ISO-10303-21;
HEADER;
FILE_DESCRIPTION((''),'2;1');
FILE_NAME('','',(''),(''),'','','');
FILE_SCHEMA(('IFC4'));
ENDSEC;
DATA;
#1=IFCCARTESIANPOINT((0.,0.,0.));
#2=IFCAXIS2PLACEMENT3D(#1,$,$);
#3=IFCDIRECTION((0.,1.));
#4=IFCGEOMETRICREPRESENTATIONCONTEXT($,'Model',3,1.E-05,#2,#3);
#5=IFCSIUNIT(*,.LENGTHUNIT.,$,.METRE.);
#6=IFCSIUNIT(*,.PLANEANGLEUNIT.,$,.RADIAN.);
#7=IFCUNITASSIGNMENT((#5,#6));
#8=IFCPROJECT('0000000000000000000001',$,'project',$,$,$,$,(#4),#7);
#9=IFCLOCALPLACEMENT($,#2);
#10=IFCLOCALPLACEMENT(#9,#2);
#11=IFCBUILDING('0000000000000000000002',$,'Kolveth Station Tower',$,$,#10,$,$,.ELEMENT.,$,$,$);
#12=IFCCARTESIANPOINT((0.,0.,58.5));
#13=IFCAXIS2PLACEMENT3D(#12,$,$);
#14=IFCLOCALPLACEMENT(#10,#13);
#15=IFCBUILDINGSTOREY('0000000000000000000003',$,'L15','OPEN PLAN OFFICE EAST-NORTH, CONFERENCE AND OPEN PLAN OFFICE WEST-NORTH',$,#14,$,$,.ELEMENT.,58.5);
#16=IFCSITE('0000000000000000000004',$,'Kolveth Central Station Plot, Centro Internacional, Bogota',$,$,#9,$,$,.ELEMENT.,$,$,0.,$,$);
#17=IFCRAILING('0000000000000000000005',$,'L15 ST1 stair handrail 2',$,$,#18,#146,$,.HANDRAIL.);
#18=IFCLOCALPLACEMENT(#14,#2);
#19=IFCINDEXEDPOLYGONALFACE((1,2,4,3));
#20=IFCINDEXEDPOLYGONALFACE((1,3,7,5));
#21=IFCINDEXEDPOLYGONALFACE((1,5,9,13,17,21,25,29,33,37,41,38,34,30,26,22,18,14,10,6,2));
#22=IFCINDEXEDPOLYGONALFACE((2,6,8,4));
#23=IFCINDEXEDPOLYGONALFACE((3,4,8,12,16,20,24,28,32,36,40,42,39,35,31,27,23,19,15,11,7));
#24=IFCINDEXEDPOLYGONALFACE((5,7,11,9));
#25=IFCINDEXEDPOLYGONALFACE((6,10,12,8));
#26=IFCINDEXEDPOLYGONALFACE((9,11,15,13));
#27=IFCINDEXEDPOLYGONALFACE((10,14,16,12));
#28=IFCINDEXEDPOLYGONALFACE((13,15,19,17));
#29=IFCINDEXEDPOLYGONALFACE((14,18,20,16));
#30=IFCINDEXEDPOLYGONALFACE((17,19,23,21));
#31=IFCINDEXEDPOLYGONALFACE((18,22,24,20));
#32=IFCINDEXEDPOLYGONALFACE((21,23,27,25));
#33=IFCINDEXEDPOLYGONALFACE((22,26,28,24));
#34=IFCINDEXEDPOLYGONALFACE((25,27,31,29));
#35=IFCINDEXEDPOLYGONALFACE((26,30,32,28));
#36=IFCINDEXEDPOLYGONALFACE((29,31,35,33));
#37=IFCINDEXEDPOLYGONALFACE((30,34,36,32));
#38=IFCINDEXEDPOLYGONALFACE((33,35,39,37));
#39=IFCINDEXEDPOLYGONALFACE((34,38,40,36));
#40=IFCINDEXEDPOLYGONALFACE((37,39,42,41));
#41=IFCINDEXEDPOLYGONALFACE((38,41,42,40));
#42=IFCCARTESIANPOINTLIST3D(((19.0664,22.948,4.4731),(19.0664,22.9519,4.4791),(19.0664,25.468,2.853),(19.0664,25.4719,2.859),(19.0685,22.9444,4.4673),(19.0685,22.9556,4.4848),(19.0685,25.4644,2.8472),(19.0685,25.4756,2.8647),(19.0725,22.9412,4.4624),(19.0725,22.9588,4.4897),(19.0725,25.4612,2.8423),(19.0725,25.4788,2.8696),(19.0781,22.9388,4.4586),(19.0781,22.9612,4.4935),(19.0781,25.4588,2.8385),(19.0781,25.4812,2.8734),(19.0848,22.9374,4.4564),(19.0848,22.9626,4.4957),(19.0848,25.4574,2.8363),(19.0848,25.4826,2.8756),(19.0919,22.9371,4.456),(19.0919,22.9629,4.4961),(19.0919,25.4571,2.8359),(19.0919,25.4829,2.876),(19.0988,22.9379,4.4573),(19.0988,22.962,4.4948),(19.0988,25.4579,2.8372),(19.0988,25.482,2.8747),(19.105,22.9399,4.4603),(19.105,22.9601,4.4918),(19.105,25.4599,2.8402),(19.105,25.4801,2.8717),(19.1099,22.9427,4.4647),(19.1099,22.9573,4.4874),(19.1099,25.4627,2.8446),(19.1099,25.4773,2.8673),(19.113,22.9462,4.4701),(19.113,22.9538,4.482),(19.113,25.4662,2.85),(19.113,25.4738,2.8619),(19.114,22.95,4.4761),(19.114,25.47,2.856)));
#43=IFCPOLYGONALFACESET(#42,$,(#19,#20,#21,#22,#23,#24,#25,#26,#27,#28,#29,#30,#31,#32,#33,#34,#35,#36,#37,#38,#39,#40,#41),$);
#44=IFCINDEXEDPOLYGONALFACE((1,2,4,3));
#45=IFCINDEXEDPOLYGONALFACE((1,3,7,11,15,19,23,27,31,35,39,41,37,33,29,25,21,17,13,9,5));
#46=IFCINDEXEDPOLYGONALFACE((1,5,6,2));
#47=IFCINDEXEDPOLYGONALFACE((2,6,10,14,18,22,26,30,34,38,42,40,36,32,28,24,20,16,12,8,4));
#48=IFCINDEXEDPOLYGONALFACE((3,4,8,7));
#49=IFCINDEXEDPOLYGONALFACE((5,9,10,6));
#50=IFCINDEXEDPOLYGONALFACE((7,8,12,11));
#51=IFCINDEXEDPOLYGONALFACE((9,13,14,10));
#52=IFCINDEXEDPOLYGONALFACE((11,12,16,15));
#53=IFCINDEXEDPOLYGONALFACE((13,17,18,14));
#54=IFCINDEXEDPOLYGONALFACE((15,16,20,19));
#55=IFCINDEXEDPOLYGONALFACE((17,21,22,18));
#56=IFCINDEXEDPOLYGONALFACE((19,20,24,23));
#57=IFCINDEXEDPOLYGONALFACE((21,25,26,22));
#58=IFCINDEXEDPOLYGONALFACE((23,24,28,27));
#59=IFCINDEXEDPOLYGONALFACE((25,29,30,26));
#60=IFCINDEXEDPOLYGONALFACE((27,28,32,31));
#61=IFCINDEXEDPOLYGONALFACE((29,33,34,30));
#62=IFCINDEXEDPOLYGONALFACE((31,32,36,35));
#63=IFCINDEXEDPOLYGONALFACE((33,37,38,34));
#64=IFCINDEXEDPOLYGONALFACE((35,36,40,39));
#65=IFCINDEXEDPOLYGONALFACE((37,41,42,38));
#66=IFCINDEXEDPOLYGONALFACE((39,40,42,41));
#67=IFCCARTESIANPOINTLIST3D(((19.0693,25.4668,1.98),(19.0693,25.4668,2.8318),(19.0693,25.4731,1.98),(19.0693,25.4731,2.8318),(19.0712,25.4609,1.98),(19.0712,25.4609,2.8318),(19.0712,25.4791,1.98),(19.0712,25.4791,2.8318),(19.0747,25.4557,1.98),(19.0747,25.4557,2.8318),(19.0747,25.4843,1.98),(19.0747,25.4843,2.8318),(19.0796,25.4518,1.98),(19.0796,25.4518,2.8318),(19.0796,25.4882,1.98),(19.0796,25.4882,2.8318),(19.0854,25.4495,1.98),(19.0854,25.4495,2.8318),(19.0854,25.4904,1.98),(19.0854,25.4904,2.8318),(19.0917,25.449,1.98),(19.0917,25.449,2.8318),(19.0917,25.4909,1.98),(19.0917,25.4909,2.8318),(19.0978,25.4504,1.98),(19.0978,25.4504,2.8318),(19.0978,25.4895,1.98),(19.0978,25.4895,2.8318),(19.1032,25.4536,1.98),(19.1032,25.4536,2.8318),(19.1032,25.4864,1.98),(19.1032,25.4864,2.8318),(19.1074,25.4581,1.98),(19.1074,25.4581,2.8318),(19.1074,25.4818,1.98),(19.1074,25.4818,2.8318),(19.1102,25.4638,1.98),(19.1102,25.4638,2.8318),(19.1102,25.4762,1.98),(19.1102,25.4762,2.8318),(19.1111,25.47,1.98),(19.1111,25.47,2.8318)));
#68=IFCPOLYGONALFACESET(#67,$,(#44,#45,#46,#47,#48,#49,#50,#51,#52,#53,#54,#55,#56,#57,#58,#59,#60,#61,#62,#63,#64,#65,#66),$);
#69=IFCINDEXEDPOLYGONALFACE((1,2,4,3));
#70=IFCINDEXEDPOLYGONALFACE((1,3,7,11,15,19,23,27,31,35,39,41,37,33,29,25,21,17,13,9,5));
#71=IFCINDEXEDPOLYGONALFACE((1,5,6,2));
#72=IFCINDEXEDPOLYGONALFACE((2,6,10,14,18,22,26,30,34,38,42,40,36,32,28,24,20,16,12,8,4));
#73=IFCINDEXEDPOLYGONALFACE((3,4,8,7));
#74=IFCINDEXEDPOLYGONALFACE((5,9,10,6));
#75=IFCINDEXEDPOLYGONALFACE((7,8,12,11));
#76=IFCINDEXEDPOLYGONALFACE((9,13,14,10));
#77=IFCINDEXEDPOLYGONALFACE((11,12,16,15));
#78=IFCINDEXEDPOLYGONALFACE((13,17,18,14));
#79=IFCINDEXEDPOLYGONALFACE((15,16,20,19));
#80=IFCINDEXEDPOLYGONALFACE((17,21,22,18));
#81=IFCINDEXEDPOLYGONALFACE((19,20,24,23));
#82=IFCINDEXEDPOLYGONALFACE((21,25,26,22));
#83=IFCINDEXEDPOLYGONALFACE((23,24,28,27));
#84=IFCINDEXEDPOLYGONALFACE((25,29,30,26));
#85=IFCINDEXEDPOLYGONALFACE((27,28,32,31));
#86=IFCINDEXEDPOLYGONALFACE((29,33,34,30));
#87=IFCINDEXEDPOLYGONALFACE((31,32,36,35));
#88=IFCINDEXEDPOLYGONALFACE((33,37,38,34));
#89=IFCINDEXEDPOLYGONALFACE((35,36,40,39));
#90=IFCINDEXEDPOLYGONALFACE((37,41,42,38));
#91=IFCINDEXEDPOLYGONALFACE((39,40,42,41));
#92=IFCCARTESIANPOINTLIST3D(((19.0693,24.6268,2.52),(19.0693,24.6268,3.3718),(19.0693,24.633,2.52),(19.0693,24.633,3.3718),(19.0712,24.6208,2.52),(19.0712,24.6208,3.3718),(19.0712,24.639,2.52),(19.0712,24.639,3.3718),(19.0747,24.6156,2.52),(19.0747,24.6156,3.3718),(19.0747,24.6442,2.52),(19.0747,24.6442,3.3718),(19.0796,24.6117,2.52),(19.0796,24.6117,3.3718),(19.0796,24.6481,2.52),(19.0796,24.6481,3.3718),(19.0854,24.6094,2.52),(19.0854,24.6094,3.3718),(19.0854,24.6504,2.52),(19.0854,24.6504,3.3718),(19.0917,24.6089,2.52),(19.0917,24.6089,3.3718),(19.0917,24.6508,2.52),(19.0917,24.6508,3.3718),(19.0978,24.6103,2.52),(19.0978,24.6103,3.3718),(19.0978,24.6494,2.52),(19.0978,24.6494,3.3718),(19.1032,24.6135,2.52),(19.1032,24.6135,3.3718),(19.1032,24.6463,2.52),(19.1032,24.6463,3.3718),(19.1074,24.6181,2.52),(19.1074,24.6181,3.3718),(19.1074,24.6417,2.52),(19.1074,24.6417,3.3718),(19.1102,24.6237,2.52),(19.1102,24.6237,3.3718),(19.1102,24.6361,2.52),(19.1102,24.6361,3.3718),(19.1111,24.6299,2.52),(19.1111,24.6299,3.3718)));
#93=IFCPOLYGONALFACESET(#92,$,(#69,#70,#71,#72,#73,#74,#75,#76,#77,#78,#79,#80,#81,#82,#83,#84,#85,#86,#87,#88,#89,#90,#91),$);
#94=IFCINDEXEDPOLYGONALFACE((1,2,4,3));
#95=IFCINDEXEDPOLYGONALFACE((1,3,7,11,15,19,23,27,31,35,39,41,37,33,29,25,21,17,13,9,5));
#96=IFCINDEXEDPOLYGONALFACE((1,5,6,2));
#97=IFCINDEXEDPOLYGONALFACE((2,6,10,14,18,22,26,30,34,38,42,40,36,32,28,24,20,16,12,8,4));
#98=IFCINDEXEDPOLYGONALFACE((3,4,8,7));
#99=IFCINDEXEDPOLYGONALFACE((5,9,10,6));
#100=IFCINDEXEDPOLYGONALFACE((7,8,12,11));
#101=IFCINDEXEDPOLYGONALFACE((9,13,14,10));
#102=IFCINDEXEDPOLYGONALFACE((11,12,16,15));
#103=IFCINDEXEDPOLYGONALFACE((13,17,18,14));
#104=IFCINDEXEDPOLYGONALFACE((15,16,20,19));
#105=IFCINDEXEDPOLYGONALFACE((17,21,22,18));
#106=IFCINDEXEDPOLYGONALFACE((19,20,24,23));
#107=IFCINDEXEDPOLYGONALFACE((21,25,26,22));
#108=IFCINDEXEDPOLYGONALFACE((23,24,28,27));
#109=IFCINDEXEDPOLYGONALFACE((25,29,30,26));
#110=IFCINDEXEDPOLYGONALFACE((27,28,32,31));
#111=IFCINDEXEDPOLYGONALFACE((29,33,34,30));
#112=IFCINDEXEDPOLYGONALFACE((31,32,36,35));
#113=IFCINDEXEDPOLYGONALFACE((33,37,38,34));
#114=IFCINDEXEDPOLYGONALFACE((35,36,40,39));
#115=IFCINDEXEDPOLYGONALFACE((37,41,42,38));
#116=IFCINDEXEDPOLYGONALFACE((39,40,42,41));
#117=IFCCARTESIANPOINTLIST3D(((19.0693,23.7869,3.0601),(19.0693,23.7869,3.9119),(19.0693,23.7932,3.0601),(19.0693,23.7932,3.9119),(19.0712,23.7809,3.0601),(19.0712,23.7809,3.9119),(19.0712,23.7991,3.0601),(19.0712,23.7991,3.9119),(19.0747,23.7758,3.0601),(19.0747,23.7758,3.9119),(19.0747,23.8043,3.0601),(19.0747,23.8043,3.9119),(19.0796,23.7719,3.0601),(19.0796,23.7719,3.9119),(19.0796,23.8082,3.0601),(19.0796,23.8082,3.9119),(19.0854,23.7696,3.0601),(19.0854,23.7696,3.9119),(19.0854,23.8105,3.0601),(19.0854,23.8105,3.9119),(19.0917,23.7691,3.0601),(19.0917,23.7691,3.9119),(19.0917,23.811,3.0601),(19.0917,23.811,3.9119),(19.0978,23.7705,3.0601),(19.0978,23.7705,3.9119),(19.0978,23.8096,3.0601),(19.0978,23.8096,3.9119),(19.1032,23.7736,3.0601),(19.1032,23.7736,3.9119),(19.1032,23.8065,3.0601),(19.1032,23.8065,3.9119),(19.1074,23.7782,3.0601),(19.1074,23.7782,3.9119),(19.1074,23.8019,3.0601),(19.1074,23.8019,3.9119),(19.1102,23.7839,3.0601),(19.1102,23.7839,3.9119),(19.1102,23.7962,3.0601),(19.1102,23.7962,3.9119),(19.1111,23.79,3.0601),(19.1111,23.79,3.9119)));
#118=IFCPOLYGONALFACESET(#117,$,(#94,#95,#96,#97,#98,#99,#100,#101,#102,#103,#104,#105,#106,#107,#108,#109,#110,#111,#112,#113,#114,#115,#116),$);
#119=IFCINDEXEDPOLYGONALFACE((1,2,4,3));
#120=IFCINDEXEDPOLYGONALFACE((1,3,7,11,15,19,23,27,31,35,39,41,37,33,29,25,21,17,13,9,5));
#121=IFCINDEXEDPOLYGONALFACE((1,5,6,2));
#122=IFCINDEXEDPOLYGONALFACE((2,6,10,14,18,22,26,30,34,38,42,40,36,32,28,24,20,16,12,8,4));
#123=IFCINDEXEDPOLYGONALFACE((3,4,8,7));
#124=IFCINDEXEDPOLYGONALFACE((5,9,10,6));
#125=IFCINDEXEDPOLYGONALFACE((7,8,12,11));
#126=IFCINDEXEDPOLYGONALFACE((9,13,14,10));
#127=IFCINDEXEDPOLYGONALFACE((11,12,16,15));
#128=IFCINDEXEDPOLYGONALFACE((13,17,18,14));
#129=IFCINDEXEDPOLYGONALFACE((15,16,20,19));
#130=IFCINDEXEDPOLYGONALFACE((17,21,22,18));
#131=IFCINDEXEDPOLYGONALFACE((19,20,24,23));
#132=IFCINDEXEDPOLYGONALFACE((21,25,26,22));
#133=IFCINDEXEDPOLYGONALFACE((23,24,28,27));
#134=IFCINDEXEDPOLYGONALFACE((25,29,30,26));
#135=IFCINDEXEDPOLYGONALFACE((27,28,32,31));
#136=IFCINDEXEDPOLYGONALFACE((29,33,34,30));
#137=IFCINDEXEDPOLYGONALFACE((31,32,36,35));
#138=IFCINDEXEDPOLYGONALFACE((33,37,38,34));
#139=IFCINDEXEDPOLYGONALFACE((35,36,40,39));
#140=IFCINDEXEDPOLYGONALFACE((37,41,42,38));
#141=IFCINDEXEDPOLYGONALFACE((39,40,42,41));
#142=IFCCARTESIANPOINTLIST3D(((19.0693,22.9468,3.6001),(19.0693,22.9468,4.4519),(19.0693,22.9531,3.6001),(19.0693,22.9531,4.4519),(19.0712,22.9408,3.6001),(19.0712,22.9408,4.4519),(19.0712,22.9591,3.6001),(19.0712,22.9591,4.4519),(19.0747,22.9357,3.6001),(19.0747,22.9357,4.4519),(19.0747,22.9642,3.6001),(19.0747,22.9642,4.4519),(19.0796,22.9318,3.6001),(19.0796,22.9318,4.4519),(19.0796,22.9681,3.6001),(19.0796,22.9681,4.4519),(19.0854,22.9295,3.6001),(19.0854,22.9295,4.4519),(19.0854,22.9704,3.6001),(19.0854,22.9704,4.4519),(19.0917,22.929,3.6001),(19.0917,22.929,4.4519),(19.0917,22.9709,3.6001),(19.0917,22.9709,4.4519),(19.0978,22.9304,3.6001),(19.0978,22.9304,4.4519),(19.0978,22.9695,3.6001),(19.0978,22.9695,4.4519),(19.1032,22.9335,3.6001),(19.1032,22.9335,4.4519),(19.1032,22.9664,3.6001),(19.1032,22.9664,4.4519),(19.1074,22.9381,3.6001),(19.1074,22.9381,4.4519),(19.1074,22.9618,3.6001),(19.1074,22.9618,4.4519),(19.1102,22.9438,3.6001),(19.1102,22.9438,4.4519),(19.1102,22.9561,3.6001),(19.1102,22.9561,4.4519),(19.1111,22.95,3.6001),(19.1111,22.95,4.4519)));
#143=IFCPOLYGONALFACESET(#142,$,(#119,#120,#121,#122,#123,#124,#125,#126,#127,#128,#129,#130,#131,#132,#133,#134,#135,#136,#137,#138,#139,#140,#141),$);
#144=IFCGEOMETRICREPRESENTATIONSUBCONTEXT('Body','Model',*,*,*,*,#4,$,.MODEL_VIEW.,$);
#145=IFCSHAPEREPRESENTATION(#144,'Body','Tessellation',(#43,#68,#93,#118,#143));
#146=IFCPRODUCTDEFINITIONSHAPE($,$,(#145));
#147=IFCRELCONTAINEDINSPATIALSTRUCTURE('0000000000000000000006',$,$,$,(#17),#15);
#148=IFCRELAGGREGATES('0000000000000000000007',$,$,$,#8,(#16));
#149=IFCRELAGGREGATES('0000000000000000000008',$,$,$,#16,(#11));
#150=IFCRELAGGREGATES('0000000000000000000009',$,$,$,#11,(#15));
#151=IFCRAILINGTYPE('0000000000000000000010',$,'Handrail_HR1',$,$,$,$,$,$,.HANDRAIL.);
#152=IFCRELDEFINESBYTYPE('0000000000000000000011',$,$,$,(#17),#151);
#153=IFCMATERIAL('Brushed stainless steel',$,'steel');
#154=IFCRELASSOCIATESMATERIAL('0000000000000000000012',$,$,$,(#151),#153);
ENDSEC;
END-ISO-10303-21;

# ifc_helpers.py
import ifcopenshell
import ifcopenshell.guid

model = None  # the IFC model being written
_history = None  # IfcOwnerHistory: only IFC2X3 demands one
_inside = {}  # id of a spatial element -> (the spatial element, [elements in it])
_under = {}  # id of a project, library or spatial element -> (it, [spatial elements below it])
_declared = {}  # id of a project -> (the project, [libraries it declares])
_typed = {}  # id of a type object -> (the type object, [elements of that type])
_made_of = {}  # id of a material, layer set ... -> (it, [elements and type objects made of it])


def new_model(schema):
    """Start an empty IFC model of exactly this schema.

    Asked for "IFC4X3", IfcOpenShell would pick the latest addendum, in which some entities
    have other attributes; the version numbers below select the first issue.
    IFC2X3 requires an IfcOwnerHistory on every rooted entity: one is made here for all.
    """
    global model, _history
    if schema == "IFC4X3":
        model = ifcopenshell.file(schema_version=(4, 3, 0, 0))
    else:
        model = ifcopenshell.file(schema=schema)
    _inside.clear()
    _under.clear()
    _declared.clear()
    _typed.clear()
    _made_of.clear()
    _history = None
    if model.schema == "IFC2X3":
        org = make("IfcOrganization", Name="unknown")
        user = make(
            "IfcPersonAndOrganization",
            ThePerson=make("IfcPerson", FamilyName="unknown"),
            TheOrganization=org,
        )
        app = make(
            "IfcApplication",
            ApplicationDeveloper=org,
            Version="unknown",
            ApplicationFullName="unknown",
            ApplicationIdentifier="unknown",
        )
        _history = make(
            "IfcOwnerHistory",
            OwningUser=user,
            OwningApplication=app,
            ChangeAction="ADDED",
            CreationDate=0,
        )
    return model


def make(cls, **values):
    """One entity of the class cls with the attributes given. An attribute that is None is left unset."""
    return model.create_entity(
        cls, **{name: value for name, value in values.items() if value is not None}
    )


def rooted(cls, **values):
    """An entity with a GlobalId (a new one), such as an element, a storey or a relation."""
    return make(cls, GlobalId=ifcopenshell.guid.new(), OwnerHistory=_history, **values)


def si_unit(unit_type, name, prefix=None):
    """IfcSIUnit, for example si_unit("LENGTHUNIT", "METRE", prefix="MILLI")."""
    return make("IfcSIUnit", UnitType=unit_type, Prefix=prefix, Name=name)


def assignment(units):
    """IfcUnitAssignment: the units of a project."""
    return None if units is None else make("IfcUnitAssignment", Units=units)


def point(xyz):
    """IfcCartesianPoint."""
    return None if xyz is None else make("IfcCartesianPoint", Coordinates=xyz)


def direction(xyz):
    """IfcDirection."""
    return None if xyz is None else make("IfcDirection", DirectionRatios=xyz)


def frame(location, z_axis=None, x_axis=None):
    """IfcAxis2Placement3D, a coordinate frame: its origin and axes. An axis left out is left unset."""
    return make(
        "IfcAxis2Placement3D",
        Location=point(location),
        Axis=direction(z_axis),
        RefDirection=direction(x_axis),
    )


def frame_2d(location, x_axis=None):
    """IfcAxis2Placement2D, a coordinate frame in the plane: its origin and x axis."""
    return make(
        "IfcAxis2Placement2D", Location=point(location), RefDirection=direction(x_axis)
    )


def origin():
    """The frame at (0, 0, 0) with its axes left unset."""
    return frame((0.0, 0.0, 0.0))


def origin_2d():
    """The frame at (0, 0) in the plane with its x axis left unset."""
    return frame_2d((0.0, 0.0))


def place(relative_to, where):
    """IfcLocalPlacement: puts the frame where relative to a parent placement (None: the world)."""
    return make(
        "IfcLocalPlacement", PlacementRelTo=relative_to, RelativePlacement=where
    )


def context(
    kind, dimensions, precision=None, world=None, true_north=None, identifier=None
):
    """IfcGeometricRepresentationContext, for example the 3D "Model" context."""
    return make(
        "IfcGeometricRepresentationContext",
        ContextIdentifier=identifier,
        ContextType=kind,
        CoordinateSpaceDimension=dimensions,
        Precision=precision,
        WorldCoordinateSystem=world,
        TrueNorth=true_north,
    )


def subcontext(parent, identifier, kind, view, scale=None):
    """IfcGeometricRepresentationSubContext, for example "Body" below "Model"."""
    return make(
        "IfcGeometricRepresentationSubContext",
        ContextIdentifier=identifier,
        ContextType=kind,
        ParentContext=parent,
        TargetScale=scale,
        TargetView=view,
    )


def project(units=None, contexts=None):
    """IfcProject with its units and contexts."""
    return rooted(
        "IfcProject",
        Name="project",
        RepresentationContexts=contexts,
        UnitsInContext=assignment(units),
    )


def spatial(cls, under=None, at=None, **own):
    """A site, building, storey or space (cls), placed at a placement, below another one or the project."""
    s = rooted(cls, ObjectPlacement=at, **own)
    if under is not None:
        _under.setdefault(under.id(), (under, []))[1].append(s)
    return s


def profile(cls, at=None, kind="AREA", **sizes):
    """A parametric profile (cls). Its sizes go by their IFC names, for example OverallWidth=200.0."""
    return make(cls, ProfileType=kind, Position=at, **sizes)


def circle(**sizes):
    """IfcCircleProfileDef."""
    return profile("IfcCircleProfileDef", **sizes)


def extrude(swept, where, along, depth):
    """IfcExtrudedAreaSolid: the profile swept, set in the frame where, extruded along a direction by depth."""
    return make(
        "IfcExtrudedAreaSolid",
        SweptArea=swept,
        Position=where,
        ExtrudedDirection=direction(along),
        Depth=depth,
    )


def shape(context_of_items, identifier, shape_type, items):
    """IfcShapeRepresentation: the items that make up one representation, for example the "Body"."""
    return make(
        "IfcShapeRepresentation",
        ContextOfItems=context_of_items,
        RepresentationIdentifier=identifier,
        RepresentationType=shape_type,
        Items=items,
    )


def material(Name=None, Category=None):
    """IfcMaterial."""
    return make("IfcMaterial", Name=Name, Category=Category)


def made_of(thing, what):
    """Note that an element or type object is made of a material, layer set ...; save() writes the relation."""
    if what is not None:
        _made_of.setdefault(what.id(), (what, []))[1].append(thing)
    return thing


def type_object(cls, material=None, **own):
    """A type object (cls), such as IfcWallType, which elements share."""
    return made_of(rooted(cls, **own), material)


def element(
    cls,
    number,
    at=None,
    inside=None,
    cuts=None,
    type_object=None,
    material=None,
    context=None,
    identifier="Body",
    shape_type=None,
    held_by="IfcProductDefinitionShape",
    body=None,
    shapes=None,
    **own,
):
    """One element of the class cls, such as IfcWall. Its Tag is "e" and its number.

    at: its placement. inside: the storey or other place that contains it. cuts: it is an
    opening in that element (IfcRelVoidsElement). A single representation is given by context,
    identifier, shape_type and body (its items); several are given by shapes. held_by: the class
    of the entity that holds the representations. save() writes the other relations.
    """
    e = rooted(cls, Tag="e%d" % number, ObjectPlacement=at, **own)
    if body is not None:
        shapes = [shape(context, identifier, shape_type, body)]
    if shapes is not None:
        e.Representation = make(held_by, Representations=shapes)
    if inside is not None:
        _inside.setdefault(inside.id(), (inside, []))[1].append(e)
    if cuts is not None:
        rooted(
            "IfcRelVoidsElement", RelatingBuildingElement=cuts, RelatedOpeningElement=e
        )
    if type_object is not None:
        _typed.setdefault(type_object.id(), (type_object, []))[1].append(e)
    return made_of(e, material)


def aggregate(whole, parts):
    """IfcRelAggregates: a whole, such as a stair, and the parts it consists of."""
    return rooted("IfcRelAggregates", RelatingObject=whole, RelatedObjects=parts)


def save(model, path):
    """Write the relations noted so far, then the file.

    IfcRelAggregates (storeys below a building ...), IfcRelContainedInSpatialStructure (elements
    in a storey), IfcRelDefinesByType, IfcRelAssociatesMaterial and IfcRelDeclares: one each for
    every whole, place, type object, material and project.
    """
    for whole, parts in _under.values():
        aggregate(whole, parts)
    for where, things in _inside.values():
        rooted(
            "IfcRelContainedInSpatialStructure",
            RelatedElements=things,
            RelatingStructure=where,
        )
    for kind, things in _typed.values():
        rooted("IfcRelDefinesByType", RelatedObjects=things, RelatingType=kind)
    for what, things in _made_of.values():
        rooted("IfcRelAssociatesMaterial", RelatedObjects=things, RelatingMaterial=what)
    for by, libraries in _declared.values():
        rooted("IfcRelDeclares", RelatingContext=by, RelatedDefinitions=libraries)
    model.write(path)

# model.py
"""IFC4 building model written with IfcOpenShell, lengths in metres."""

from ifc_helpers import new_model, si_unit, direction, frame, origin, origin_2d, place, context, subcontext, project, spatial, circle, extrude, material, type_object, element, save


model = new_model("IFC4")

# Units and contexts
model_context = context("Model", 3, precision=1e-05, world=origin(), true_north=direction((0.0, 1.0)))
body_context = subcontext(model_context, "Body", "Model", "MODEL_VIEW")
ifc_project = project(units=[si_unit("LENGTHUNIT", "METRE"), si_unit("PLANEANGLEUNIT", "RADIAN")], contexts=[model_context])

# Site, building, storey
site_placement = place(None, origin())
site = spatial("IfcSite", under=ifc_project, at=site_placement, Name="Kolveth Central Station Plot, Centro Internacional, Bogota", CompositionType="ELEMENT", RefElevation=0.0)
building_placement = place(site_placement, origin())
building = spatial("IfcBuilding", under=site, at=building_placement, Name="Kolveth Station Tower", CompositionType="ELEMENT")
storey_placement = place(building_placement, frame((0.0, 0.0, 58.5)))
storey = spatial("IfcBuildingStorey", under=building, at=storey_placement, Name="L15", Description="OPEN PLAN OFFICE EAST-NORTH, CONFERENCE AND OPEN PLAN OFFICE WEST-NORTH", CompositionType="ELEMENT", Elevation=58.5)

# Railing
ifc_material_1 = material(Name="Brushed stainless steel", Category="steel")
railing_type_1 = type_object("IfcRailingType", Name="Handrail_HR1", PredefinedType="HANDRAIL", material=ifc_material_1)
railing_1_placement = place(storey_placement, frame((19.0901, 25.47, 1.98)))
element("IfcRailing", 1, at=railing_1_placement, inside=storey, type_object=railing_type_1, Name="L15 ST1 stair handrail 2", PredefinedType="HANDRAIL", context=body_context, shape_type="SweptSolid", body=[
    extrude(circle(Radius=0.0239, at=origin_2d()), frame((0.0, 0.0, 0.876), z_axis=(0.0, -0.841163, 0.540782), x_axis=(1.0, 0.0, 0.0)), (0.0, 0.0, 1.0), 2.9958),
    extrude(circle(Radius=0.021, at=origin_2d()), origin(), (0.0, 0.0, 1.0), 0.8518),
    extrude(circle(Radius=0.021, at=origin_2d()), frame((0.0, -0.8401, 0.54)), (0.0, 0.0, 1.0), 0.8518),
    extrude(circle(Radius=0.021, at=origin_2d()), frame((0.0, -1.6799, 1.0801)), (0.0, 0.0, 1.0), 0.8518),
    extrude(circle(Radius=0.021, at=origin_2d()), frame((0.0, -2.52, 1.6201)), (0.0, 0.0, 1.0), 0.8518),
])

save(model, "model.ifc")
